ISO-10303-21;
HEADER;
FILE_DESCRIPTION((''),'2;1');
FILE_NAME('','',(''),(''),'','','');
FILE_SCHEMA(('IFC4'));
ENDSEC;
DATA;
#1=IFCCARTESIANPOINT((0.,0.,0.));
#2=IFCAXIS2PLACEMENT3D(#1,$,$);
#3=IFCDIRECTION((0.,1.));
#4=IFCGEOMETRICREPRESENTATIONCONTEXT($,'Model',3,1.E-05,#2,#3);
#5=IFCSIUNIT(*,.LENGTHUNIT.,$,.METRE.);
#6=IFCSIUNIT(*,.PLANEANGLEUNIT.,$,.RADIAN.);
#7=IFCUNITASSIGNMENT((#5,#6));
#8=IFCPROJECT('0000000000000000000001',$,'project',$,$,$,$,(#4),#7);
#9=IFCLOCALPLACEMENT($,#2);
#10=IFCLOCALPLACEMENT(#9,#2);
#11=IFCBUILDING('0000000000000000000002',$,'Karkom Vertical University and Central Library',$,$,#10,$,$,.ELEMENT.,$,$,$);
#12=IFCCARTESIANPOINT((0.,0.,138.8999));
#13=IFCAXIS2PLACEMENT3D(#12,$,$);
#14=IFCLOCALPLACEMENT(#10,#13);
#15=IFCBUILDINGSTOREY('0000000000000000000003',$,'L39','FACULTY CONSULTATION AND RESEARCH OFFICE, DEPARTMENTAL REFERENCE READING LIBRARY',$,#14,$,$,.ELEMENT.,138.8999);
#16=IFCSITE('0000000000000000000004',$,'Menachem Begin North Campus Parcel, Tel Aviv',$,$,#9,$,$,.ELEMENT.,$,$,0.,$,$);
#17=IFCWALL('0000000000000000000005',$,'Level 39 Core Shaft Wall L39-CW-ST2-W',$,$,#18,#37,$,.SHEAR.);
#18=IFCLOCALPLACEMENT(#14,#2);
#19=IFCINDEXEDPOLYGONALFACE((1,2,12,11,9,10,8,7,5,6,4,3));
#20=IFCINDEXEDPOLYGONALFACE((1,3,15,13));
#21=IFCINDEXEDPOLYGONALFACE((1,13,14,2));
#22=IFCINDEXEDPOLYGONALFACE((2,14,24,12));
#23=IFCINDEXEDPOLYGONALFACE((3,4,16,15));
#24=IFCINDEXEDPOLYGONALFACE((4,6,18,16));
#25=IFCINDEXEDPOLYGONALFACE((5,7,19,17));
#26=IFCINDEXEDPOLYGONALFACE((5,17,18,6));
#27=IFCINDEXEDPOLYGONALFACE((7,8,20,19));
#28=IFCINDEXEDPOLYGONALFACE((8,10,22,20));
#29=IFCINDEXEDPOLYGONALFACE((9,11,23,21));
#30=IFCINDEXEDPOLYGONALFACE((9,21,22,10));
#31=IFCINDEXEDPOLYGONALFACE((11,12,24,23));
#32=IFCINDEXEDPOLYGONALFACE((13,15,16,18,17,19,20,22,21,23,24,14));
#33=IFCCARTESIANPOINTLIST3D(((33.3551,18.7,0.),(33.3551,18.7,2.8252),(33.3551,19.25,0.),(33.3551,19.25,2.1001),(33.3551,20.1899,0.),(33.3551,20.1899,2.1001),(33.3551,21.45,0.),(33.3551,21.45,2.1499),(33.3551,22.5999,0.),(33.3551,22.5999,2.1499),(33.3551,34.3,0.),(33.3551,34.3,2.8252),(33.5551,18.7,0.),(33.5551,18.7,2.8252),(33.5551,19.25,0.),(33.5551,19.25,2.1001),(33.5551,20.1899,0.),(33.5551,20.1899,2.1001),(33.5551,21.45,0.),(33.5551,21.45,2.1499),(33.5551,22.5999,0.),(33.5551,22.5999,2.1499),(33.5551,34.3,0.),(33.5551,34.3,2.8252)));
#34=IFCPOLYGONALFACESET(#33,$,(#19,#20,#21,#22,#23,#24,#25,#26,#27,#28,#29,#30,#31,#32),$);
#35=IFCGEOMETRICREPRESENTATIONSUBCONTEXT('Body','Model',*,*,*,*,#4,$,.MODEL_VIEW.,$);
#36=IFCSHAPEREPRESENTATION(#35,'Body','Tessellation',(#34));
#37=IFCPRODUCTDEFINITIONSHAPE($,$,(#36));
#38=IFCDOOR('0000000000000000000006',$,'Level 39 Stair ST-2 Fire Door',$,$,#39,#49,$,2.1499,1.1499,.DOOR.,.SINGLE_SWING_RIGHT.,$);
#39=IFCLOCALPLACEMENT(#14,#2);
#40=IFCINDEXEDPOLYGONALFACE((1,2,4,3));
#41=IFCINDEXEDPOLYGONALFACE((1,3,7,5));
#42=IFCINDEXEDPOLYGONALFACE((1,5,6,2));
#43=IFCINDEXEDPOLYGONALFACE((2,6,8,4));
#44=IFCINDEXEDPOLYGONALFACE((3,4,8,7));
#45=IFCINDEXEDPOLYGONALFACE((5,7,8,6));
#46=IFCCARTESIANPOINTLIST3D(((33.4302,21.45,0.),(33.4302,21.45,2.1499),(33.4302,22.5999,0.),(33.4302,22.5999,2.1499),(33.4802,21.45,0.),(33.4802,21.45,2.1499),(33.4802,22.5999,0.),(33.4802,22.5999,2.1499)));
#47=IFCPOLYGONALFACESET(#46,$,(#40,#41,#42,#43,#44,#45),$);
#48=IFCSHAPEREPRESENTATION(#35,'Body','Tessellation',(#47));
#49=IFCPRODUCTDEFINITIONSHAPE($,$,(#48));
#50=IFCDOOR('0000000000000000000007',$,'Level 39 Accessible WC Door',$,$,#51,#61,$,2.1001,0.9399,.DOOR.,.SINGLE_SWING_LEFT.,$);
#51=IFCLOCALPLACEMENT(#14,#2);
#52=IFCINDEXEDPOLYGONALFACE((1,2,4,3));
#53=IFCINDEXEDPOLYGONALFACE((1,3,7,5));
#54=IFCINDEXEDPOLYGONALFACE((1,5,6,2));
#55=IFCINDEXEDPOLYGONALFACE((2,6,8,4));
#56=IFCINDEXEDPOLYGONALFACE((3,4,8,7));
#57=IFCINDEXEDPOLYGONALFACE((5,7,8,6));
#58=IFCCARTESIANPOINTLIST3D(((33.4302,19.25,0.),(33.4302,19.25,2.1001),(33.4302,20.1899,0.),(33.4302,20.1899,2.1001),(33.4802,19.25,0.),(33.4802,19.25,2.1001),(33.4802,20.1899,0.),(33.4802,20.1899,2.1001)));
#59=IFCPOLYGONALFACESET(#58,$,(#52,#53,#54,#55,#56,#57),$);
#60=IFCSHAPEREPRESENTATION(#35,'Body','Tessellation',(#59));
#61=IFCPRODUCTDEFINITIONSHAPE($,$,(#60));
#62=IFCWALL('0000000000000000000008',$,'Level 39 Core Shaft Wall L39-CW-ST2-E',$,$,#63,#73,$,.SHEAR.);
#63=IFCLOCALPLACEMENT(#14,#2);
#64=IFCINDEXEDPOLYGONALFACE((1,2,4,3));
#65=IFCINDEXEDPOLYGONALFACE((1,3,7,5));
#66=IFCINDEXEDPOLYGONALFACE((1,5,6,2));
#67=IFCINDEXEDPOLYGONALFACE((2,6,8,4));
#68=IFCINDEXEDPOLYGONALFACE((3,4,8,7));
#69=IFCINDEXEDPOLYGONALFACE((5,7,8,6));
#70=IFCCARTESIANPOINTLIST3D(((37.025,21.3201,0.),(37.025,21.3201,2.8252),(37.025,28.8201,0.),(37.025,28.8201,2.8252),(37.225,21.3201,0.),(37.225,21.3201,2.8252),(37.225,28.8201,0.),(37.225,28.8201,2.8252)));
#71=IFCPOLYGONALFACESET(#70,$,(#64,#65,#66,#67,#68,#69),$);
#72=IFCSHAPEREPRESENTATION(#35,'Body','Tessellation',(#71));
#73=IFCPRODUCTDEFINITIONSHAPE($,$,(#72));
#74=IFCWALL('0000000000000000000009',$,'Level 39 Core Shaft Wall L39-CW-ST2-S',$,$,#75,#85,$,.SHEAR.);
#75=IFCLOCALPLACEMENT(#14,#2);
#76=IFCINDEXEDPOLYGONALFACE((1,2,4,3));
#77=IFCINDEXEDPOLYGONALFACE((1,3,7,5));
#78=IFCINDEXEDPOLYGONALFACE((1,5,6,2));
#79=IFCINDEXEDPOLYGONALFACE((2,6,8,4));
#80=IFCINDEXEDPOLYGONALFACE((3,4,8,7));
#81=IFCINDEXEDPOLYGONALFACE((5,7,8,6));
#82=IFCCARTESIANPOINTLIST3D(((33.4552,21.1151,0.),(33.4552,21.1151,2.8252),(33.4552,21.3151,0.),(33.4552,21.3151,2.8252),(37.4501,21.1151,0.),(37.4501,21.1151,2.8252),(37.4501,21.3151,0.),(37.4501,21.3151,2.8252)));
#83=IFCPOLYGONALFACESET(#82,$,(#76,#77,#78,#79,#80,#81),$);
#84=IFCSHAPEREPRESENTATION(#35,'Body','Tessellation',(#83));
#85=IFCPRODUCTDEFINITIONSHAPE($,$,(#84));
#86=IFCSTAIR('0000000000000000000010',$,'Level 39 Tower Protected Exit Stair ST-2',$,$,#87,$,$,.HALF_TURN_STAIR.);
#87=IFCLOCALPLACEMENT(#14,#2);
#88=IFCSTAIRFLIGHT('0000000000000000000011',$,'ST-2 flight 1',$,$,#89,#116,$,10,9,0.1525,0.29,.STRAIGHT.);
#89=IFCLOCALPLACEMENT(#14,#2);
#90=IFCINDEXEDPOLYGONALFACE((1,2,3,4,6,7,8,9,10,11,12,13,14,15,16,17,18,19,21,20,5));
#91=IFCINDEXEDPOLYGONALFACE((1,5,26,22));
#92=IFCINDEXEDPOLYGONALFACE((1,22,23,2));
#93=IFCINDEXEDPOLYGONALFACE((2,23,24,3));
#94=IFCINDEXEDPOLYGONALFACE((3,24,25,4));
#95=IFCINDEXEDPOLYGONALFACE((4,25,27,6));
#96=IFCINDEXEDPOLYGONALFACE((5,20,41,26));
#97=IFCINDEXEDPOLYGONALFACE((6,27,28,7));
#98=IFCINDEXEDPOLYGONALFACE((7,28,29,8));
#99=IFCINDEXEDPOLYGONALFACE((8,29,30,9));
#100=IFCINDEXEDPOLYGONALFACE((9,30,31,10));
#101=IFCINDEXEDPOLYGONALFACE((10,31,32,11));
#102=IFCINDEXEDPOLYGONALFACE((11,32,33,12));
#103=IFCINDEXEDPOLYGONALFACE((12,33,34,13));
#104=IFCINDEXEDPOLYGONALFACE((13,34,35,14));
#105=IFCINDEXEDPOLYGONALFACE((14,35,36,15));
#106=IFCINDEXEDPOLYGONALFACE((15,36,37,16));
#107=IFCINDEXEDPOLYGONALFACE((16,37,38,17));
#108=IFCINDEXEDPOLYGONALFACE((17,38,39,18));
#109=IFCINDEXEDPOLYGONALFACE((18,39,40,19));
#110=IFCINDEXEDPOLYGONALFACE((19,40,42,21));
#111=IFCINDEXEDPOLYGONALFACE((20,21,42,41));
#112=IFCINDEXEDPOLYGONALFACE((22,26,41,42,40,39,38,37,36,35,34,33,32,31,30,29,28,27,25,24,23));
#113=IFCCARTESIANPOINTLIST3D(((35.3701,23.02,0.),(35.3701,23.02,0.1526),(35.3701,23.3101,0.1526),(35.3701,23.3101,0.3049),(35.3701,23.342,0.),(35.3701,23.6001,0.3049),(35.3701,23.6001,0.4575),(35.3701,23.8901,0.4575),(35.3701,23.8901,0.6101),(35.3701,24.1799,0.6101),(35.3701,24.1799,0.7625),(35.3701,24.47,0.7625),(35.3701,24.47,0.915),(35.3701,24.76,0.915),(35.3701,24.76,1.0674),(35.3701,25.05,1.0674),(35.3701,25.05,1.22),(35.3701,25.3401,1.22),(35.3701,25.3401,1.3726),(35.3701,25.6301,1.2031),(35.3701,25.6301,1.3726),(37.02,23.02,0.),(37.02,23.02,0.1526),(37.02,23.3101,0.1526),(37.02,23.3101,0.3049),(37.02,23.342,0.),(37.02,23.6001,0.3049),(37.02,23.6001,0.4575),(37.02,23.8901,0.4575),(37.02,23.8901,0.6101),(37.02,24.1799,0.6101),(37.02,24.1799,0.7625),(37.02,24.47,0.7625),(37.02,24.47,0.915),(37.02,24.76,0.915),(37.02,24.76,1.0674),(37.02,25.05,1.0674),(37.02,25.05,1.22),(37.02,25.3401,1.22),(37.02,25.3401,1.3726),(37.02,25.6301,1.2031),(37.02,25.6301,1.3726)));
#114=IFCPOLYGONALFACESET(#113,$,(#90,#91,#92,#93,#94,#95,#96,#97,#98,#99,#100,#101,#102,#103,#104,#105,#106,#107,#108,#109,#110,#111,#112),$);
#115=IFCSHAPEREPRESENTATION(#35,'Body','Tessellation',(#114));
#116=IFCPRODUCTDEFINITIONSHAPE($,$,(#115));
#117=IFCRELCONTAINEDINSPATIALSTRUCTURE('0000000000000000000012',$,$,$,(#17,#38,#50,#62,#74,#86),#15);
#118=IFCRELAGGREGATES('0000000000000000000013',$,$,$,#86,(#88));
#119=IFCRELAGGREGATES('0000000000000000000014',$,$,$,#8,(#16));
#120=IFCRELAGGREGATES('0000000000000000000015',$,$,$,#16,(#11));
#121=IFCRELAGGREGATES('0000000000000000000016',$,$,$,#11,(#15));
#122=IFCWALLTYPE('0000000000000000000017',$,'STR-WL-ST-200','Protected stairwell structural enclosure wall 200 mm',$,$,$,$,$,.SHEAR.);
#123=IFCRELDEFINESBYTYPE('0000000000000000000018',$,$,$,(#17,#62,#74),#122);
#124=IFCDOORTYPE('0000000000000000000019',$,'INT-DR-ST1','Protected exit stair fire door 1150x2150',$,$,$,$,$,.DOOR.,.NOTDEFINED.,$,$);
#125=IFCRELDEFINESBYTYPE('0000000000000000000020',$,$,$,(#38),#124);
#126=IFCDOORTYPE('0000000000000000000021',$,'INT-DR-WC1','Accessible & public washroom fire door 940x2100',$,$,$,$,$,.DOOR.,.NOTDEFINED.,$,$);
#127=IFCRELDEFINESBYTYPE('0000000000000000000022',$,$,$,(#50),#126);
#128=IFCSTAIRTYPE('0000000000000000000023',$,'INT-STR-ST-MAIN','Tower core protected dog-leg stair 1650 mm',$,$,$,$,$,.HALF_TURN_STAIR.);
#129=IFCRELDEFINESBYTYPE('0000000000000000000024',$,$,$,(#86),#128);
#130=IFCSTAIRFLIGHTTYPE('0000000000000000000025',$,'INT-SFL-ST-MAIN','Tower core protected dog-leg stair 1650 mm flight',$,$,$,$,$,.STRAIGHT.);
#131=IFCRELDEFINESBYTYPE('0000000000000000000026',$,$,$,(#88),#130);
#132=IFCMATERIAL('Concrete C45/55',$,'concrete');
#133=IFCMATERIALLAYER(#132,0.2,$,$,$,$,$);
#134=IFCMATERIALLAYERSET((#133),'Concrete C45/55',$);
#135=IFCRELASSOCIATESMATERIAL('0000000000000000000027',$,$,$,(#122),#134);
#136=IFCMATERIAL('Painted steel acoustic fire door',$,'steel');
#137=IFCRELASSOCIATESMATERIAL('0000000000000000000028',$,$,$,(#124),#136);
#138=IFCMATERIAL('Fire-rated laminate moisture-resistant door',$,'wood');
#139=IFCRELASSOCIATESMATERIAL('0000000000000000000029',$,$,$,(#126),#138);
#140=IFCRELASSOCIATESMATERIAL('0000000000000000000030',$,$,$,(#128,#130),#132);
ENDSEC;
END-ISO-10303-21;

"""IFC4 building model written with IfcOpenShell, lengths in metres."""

from ifc_helpers import new_model, si_unit, direction, frame, frame_2d, origin, origin_with_axes, place, context, subcontext, project, spatial, polyline, rectangle, outline, extrude, source, transform, mapped, material, layer, layer_set, type_object, element, fill, aggregate, save


model = new_model("IFC4")

# Units and contexts
model_context = context("Model", 3, precision=1e-05, world=origin(), true_north=direction((0.0, 1.0)))
body_context = subcontext(model_context, "Body", "Model", "MODEL_VIEW")
ifc_project = project(units=[si_unit("LENGTHUNIT", "METRE"), si_unit("PLANEANGLEUNIT", "RADIAN")], contexts=[model_context])

# Site, building, storey
site_placement = place(None, origin())
site = spatial("IfcSite", under=ifc_project, at=site_placement, Name="Menachem Begin North Campus Parcel, Tel Aviv", CompositionType="ELEMENT", RefElevation=0.0)
building_placement = place(site_placement, origin())
building = spatial("IfcBuilding", under=site, at=building_placement, Name="Karkom Vertical University and Central Library", CompositionType="ELEMENT")
storey_placement = place(building_placement, frame((0.0, 0.0, 138.8999)))
storey = spatial("IfcBuildingStorey", under=building, at=storey_placement, Name="L39", Description="FACULTY CONSULTATION AND RESEARCH OFFICE, DEPARTMENTAL REFERENCE READING LIBRARY", CompositionType="ELEMENT", Elevation=138.8999)

# Wall, openings, doors
ifc_material_1 = material(Name="Concrete C45/55", Category="concrete")
ifc_layer_1 = layer(ifc_material_1, 0.2)
ifc_layer_set_1 = layer_set([ifc_layer_1], Name="Concrete C45/55")
wall_type_1 = type_object("IfcWallType", Name="STR-WL-ST-200", Description="Protected stairwell structural enclosure wall 200 mm", PredefinedType="SHEAR", material=ifc_layer_set_1)
wall_1_placement = place(storey_placement, frame((33.4551, 18.7, 0.0), z_axis=(0.0, 0.0, 1.0), x_axis=(0.0, 1.0, 0.0)))
wall_1 = element("IfcWall", 1, at=wall_1_placement, inside=storey, type_object=wall_type_1, Name="Level 39 Core Shaft Wall L39-CW-ST2-W", PredefinedType="SHEAR", context=body_context, shape_type="SweptSolid", body=[
    extrude(rectangle(XDim=15.6001, YDim=0.2, at=frame_2d((7.8, 0.0))), origin(), (0.0, 0.0, 1.0), 2.8252),
])
opening_1_placement = place(wall_1_placement, frame((2.75, 0.0, 0.0)))
opening_1 = element("IfcOpeningElement", 2, at=opening_1_placement, cuts=wall_1, PredefinedType="OPENING", context=body_context, shape_type="SweptSolid", body=[
    extrude(rectangle(XDim=1.1499, YDim=2.1499, at=frame_2d((0.575, 1.075))), frame((0.0, 0.1099, 0.0), z_axis=(0.0, -1.0, 0.0), x_axis=(1.0, 0.0, 0.0)), (0.0, 0.0, 1.0), 0.22),
])
opening_2_placement = place(wall_1_placement, frame((0.55, 0.0, 0.0)))
opening_2 = element("IfcOpeningElement", 3, at=opening_2_placement, cuts=wall_1, PredefinedType="OPENING", context=body_context, shape_type="SweptSolid", body=[
    extrude(rectangle(XDim=0.9399, YDim=2.1001, at=frame_2d((0.47, 1.05))), frame((0.0, 0.1099, 0.0), z_axis=(0.0, -1.0, 0.0), x_axis=(1.0, 0.0, 0.0)), (0.0, 0.0, 1.0), 0.22),
])
ifc_material_2 = material(Name="Painted steel acoustic fire door", Category="steel")
door_type_1 = type_object("IfcDoorType", Name="INT-DR-ST1", Description="Protected exit stair fire door 1150x2150", OperationType="NOTDEFINED", PredefinedType="DOOR", material=ifc_material_2)
shared_shape_1 = source(origin_with_axes(), body_context, "Body", "SweptSolid", [
    extrude(rectangle(XDim=1.1499, YDim=2.1499, at=frame_2d((0.575, 1.075))), frame((0.0, 0.0249, 0.0), z_axis=(0.0, -1.0, 0.0), x_axis=(1.0, 0.0, 0.0)), (0.0, 0.0, 1.0), 0.05),
])
door_1_placement = place(opening_1_placement, origin())
door_1 = element("IfcDoor", 4, at=door_1_placement, inside=storey, type_object=door_type_1, Name="Level 39 Stair ST-2 Fire Door", OperationType="SINGLE_SWING_RIGHT", OverallHeight=2.1499, OverallWidth=1.1499, PredefinedType="DOOR", context=body_context, shape_type="MappedRepresentation", body=[
    mapped(shared_shape_1, transform((0.0, 0.0, 0.0), scale=1.0)),
])
fill(opening_1, door_1)
ifc_material_3 = material(Name="Fire-rated laminate moisture-resistant door", Category="wood")
door_type_2 = type_object("IfcDoorType", Name="INT-DR-WC1", Description="Accessible & public washroom fire door 940x2100", OperationType="NOTDEFINED", PredefinedType="DOOR", material=ifc_material_3)
shared_shape_2 = source(origin_with_axes(), body_context, "Body", "SweptSolid", [
    extrude(rectangle(XDim=0.9399, YDim=2.1001, at=frame_2d((0.47, 1.05))), frame((0.0, 0.0249, 0.0), z_axis=(0.0, -1.0, 0.0), x_axis=(1.0, 0.0, 0.0)), (0.0, 0.0, 1.0), 0.05),
])
door_2_placement = place(opening_2_placement, origin())
door_2 = element("IfcDoor", 5, at=door_2_placement, inside=storey, type_object=door_type_2, Name="Level 39 Accessible WC Door", OperationType="SINGLE_SWING_LEFT", OverallHeight=2.1001, OverallWidth=0.9399, PredefinedType="DOOR", context=body_context, shape_type="MappedRepresentation", body=[
    mapped(shared_shape_2, transform((0.0, 0.0, 0.0), scale=1.0)),
])
fill(opening_2, door_2)

# Walls
wall_2_placement = place(storey_placement, frame((37.125, 21.3201, 0.0), z_axis=(0.0, 0.0, 1.0), x_axis=(0.0, 1.0, 0.0)))
element("IfcWall", 6, at=wall_2_placement, inside=storey, type_object=wall_type_1, Name="Level 39 Core Shaft Wall L39-CW-ST2-E", PredefinedType="SHEAR", context=body_context, shape_type="SweptSolid", body=[
    extrude(rectangle(XDim=7.5, YDim=0.2, at=frame_2d((3.75, 0.0))), origin(), (0.0, 0.0, 1.0), 2.8252),
])
wall_3_placement = place(storey_placement, frame((33.4551, 21.2151, 0.0), z_axis=(0.0, 0.0, 1.0), x_axis=(1.0, 0.0, 0.0)))
element("IfcWall", 7, at=wall_3_placement, inside=storey, type_object=wall_type_1, Name="Level 39 Core Shaft Wall L39-CW-ST2-S", PredefinedType="SHEAR", context=body_context, shape_type="SweptSolid", body=[
    extrude(rectangle(XDim=3.9949, YDim=0.2, at=frame_2d((1.9976, 0.0))), origin(), (0.0, 0.0, 1.0), 2.8252),
])

# Stair, stair flight
stair_type = type_object("IfcStairType", Name="INT-STR-ST-MAIN", Description="Tower core protected dog-leg stair 1650 mm", PredefinedType="HALF_TURN_STAIR", material=ifc_material_1)
stair_placement = place(storey_placement, origin())
stair = element("IfcStair", 8, at=stair_placement, inside=storey, type_object=stair_type, Name="Level 39 Tower Protected Exit Stair ST-2", PredefinedType="HALF_TURN_STAIR")
stair_flight_type = type_object("IfcStairFlightType", Name="INT-SFL-ST-MAIN", Description="Tower core protected dog-leg stair 1650 mm flight", PredefinedType="STRAIGHT", material=ifc_material_1)
stair_flight_placement = place(storey_placement, frame((36.1951, 23.02, 0.0), z_axis=(0.0, 0.0, 1.0), x_axis=(0.0, 1.0, 0.0)))
stair_flight = element("IfcStairFlight", 9, at=stair_flight_placement, type_object=stair_flight_type, Name="ST-2 flight 1", NumberOfRisers=10, NumberOfTreads=9, PredefinedType="STRAIGHT", RiserHeight=0.1525, TreadLength=0.29, context=body_context, shape_type="SweptSolid", body=[
    extrude(outline(polyline([(0.0, 0.0), (0.0, 0.1526), (0.29, 0.1526), (0.29, 0.3049), (0.5801, 0.3049), (0.5801, 0.4575), (0.8701, 0.4575), (0.8701, 0.6101), (1.1599, 0.6101), (1.1599, 0.7625), (1.45, 0.7625), (1.45, 0.915), (1.74, 0.915), (1.74, 1.0674), (2.03, 1.0674), (2.03, 1.22), (2.3201, 1.22), (2.3201, 1.3726), (2.6101, 1.3726), (2.6101, 1.5249), (2.6101, 1.2031), (0.322, 0.0), (0.0, 0.0)])), frame((0.0, 0.825, 0.0), z_axis=(0.0, -1.0, 0.0), x_axis=(1.0, 0.0, 0.0)), (0.0, 0.0, 1.0), 1.6499),
])
aggregate(stair, [stair_flight])

save(model, "model.ifc")
